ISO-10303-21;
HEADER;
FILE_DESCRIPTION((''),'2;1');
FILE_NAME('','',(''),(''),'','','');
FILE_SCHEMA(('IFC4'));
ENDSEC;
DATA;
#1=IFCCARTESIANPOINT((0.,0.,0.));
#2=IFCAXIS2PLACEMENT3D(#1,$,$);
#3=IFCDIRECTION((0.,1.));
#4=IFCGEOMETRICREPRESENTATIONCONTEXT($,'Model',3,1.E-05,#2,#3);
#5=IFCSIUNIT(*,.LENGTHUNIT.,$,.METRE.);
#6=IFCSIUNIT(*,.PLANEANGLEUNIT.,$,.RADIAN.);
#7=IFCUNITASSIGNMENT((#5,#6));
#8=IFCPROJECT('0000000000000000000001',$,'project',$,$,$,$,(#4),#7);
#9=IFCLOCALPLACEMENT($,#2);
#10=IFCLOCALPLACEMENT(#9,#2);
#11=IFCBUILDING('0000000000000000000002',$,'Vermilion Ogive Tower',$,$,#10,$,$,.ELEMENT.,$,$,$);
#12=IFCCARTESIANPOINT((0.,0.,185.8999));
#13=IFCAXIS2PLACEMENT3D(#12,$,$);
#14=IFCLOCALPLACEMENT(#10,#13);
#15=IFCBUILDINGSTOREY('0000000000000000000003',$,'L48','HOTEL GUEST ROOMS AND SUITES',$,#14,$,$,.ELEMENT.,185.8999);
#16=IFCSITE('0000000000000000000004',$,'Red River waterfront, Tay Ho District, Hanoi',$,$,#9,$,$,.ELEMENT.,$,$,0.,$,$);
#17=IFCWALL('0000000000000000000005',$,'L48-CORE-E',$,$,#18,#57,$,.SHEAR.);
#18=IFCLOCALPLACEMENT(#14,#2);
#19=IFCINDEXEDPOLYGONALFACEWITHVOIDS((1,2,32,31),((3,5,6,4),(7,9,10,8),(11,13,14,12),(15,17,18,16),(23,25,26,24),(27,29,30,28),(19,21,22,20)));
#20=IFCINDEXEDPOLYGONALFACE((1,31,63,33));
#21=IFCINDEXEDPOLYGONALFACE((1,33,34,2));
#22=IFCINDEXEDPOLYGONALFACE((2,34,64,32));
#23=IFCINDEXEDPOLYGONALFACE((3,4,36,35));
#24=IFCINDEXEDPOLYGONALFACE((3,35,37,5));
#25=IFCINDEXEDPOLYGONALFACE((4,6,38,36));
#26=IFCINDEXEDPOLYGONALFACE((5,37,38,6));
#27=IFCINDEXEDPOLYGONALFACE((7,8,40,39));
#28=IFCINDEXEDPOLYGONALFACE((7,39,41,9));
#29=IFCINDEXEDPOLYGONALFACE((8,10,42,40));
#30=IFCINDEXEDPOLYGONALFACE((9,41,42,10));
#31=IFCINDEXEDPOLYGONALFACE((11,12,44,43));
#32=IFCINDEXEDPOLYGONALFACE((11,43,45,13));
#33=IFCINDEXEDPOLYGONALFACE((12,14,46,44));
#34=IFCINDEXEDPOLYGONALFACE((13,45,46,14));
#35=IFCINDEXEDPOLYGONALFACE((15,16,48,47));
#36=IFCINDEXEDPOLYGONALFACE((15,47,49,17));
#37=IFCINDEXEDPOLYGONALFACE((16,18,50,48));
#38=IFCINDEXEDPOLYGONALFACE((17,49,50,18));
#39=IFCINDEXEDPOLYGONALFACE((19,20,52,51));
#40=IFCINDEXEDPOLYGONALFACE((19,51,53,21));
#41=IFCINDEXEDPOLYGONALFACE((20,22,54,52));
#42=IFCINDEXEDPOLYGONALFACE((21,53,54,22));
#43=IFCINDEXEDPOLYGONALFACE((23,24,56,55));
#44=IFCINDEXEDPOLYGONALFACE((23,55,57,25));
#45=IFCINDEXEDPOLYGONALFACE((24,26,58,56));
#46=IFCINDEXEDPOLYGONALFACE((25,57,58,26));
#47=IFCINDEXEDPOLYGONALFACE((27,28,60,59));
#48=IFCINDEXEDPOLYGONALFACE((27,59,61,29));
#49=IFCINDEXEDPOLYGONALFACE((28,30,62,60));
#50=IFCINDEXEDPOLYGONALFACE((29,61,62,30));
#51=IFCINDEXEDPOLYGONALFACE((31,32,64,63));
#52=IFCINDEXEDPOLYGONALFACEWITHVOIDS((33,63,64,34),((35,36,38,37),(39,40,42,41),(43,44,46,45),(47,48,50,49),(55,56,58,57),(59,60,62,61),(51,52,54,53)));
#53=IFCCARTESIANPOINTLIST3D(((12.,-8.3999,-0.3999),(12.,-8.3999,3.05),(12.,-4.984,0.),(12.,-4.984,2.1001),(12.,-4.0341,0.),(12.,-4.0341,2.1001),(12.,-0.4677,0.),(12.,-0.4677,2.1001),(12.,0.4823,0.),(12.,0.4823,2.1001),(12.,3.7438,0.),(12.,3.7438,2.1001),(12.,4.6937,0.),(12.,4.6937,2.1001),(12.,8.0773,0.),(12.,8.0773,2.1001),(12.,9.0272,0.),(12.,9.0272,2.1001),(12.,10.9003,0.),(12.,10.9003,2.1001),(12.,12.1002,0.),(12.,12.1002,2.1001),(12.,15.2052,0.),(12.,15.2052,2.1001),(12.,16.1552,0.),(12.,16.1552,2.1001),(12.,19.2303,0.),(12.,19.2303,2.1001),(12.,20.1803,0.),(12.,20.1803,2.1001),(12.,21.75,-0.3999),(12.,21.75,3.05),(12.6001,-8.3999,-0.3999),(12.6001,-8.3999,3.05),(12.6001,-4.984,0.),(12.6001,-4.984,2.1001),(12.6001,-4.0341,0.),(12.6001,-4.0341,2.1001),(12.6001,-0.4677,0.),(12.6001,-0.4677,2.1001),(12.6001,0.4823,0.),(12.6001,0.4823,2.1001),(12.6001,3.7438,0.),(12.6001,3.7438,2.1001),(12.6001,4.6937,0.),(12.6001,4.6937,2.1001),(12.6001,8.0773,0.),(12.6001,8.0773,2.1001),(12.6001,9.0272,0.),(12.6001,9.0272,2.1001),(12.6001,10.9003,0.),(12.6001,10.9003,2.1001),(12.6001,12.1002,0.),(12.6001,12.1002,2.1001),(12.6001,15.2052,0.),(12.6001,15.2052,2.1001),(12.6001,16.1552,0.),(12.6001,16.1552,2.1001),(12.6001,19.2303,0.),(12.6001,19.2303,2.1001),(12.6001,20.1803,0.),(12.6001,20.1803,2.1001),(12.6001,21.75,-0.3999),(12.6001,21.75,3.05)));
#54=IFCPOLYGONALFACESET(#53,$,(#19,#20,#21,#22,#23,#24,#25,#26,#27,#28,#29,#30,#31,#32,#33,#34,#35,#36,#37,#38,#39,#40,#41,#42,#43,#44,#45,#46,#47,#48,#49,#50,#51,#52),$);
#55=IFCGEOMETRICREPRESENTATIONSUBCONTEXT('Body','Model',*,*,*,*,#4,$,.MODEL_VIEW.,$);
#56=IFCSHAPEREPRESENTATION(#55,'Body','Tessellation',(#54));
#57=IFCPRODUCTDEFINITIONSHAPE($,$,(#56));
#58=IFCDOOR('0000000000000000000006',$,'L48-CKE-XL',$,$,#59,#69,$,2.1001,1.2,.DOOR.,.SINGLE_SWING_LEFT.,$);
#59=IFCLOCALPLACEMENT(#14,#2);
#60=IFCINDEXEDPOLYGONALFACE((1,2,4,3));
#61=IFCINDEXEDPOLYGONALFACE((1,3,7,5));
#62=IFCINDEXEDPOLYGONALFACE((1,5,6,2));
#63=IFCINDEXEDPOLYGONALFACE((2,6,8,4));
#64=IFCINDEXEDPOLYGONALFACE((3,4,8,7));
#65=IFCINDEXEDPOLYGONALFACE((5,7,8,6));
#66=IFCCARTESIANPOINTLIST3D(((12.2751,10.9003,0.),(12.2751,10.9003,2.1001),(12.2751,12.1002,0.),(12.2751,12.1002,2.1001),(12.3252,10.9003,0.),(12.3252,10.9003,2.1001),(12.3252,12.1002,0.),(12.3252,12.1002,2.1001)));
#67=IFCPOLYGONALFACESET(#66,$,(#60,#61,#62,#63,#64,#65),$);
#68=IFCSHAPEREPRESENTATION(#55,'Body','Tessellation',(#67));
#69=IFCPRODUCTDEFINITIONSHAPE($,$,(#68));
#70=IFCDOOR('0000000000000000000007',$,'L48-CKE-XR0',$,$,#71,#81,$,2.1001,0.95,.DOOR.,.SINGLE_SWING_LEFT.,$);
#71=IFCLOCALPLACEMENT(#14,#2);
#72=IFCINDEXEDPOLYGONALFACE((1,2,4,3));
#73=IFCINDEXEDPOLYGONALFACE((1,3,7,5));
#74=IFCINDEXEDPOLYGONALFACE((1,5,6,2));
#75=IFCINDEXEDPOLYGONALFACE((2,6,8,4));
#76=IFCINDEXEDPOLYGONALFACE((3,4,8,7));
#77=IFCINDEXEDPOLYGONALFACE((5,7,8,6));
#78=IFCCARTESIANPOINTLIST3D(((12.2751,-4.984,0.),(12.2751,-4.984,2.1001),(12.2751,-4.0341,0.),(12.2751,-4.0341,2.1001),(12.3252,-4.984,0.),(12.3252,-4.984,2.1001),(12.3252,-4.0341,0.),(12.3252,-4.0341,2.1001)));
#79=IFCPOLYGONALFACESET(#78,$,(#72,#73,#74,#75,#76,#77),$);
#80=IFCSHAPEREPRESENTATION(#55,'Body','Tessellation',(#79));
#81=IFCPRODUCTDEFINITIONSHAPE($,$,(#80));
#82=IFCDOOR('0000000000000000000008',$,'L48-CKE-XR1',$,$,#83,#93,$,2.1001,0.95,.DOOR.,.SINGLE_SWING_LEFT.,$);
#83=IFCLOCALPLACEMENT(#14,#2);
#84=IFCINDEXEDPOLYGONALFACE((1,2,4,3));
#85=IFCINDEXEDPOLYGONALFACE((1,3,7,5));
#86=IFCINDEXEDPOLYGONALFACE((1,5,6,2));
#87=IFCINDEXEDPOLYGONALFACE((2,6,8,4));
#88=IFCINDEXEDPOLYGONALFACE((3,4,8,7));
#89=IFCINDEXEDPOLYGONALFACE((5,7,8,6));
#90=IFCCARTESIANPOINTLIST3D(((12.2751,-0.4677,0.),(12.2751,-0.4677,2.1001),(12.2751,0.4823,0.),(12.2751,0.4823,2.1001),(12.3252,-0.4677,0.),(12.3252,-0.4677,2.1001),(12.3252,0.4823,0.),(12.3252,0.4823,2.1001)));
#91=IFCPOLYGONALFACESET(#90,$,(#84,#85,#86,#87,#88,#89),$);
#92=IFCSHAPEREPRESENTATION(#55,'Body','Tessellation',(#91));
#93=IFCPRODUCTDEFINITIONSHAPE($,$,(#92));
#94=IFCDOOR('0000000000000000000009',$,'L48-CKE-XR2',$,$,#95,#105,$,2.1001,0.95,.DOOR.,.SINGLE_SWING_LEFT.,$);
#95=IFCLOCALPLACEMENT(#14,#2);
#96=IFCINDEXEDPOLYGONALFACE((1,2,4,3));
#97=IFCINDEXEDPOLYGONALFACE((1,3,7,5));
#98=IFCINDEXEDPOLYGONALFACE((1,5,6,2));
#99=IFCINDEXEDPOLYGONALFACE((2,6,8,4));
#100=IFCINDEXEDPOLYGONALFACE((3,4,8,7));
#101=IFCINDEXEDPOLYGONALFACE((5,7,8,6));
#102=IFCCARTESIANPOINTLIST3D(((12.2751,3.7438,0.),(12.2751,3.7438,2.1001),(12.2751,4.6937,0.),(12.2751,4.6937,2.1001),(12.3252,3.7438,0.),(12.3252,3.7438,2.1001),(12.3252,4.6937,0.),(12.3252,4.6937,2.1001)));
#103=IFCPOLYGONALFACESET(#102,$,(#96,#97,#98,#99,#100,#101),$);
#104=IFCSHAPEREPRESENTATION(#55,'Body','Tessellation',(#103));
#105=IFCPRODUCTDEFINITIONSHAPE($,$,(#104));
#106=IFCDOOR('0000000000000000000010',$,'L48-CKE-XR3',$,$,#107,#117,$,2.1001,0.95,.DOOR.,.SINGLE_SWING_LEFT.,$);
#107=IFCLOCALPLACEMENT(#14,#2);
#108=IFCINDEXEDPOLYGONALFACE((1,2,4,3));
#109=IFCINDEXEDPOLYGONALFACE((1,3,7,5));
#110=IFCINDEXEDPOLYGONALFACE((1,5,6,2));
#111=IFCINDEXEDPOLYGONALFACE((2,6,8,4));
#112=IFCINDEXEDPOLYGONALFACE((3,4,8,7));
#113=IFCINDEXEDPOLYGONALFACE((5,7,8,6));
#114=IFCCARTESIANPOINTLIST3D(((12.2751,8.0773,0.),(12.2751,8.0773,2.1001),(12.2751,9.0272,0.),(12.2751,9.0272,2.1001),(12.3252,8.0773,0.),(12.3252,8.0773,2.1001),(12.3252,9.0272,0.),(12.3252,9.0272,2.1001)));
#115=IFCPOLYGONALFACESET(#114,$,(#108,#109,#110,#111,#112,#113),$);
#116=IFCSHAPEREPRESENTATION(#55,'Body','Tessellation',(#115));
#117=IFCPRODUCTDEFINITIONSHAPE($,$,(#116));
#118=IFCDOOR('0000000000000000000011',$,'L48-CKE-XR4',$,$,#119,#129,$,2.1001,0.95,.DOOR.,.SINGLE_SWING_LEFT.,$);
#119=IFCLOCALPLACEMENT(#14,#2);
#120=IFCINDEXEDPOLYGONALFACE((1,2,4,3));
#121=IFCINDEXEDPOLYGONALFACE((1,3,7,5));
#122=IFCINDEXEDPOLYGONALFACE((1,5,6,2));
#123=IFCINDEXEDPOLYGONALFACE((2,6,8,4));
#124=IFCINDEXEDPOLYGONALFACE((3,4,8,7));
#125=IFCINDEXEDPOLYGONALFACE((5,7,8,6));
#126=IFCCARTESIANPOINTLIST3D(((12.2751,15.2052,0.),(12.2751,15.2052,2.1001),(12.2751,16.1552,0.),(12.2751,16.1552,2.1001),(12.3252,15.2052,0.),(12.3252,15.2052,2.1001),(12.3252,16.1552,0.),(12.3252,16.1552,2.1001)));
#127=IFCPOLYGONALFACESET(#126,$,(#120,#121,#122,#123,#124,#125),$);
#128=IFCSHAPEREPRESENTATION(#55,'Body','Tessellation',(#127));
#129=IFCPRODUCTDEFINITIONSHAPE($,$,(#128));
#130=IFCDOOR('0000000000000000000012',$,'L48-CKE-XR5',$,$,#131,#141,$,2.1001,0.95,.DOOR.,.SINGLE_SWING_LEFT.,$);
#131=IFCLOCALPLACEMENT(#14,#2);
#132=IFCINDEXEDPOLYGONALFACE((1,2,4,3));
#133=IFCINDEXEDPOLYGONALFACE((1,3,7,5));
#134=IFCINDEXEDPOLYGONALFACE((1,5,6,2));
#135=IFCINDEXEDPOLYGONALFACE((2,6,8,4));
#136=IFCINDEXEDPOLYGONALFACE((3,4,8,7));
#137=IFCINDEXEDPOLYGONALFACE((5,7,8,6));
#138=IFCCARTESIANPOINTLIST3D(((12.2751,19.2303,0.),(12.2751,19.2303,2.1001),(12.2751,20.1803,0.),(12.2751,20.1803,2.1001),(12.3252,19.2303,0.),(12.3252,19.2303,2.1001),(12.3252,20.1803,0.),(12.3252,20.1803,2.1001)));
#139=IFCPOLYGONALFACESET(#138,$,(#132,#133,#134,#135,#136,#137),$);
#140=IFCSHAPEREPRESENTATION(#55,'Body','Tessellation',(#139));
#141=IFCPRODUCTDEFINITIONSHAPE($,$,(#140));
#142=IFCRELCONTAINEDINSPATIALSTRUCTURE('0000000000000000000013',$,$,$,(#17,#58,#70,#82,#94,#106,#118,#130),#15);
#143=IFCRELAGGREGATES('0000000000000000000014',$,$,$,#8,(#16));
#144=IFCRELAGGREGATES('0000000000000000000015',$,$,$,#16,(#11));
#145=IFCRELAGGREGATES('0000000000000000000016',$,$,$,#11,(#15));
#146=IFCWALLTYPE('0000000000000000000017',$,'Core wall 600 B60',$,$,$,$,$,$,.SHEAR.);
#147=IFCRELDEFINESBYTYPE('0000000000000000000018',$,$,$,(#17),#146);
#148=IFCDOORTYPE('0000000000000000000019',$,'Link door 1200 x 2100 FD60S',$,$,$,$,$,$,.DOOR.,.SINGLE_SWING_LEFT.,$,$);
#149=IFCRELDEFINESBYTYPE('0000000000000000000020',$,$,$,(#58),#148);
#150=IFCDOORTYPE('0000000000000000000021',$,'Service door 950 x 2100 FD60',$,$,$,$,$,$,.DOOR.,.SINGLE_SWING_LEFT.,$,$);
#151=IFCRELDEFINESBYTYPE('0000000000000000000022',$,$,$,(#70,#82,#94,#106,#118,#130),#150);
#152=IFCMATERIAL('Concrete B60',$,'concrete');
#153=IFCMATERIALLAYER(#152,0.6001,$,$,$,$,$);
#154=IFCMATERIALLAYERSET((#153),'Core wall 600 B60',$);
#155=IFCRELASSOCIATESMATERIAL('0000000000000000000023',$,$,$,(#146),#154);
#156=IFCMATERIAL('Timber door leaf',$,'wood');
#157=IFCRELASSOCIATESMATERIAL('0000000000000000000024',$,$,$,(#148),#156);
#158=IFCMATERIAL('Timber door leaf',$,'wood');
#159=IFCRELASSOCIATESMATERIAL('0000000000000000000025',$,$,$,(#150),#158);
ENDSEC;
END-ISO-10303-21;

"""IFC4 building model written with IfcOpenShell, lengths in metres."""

from ifc_helpers import new_model, si_unit, direction, frame, frame_2d, origin, place, context, subcontext, project, spatial, rectangle, extrude, material, layer, layer_set, type_object, element, fill, save


model = new_model("IFC4")

# Units and contexts
model_context = context("Model", 3, precision=1e-05, world=origin(), true_north=direction((0.0, 1.0)))
body_context = subcontext(model_context, "Body", "Model", "MODEL_VIEW")
ifc_project = project(units=[si_unit("LENGTHUNIT", "METRE"), si_unit("PLANEANGLEUNIT", "RADIAN")], contexts=[model_context])

# Site, building, storey
site_placement = place(None, origin())
site = spatial("IfcSite", under=ifc_project, at=site_placement, Name="Red River waterfront, Tay Ho District, Hanoi", CompositionType="ELEMENT", RefElevation=0.0)
building_placement = place(site_placement, origin())
building = spatial("IfcBuilding", under=site, at=building_placement, Name="Vermilion Ogive Tower", CompositionType="ELEMENT")
storey_placement = place(building_placement, frame((0.0, 0.0, 185.8999)))
storey = spatial("IfcBuildingStorey", under=building, at=storey_placement, Name="L48", Description="HOTEL GUEST ROOMS AND SUITES", CompositionType="ELEMENT", Elevation=185.8999)

# Wall, openings, doors
ifc_material_1 = material(Name="Concrete B60", Category="concrete")
ifc_layer_1 = layer(ifc_material_1, 0.6001)
ifc_layer_set_1 = layer_set([ifc_layer_1], Name="Core wall 600 B60")
wall_type_1 = type_object("IfcWallType", Name="Core wall 600 B60", PredefinedType="SHEAR", material=ifc_layer_set_1)
wall_1_placement = place(storey_placement, frame((12.3, -8.3999, -0.3999), z_axis=(0.0, 0.0, 1.0), x_axis=(0.0, 1.0, 0.0)))
wall_1 = element("IfcWall", 1, at=wall_1_placement, inside=storey, type_object=wall_type_1, Name="L48-CORE-E", PredefinedType="SHEAR", context=body_context, shape_type="SweptSolid", body=[
    extrude(rectangle(XDim=30.1499, YDim=0.6001, at=frame_2d((15.075, 0.0))), origin(), (0.0, 0.0, 1.0), 3.45),
])
opening_1_placement = place(wall_1_placement, frame((3.4158, 0.0, 0.3999)))
opening_1 = element("IfcOpeningElement", 2, at=opening_1_placement, cuts=wall_1, PredefinedType="OPENING", context=body_context, shape_type="SweptSolid", body=[
    extrude(rectangle(XDim=0.95, YDim=2.1001, at=frame_2d((0.4751, 1.05))), frame((0.0, 0.3101, 0.0), z_axis=(0.0, -1.0, 0.0), x_axis=(1.0, 0.0, 0.0)), (0.0, 0.0, 1.0), 0.6201),
])
opening_2_placement = place(wall_1_placement, frame((7.9321, 0.0, 0.3999)))
opening_2 = element("IfcOpeningElement", 3, at=opening_2_placement, cuts=wall_1, PredefinedType="OPENING", context=body_context, shape_type="SweptSolid", body=[
    extrude(rectangle(XDim=0.95, YDim=2.1001, at=frame_2d((0.4751, 1.05))), frame((0.0, 0.3101, 0.0), z_axis=(0.0, -1.0, 0.0), x_axis=(1.0, 0.0, 0.0)), (0.0, 0.0, 1.0), 0.6201),
])
opening_3_placement = place(wall_1_placement, frame((12.1436, 0.0, 0.3999)))
opening_3 = element("IfcOpeningElement", 4, at=opening_3_placement, cuts=wall_1, PredefinedType="OPENING", context=body_context, shape_type="SweptSolid", body=[
    extrude(rectangle(XDim=0.95, YDim=2.1001, at=frame_2d((0.4751, 1.05))), frame((0.0, 0.3101, 0.0), z_axis=(0.0, -1.0, 0.0), x_axis=(1.0, 0.0, 0.0)), (0.0, 0.0, 1.0), 0.6201),
])
opening_4_placement = place(wall_1_placement, frame((16.4771, 0.0, 0.3999)))
opening_4 = element("IfcOpeningElement", 5, at=opening_4_placement, cuts=wall_1, PredefinedType="OPENING", context=body_context, shape_type="SweptSolid", body=[
    extrude(rectangle(XDim=0.95, YDim=2.1001, at=frame_2d((0.4751, 1.05))), frame((0.0, 0.3101, 0.0), z_axis=(0.0, -1.0, 0.0), x_axis=(1.0, 0.0, 0.0)), (0.0, 0.0, 1.0), 0.6201),
])
opening_5_placement = place(wall_1_placement, frame((23.605, 0.0, 0.3999)))
opening_5 = element("IfcOpeningElement", 6, at=opening_5_placement, cuts=wall_1, PredefinedType="OPENING", context=body_context, shape_type="SweptSolid", body=[
    extrude(rectangle(XDim=0.95, YDim=2.1001, at=frame_2d((0.4751, 1.05))), frame((0.0, 0.3101, 0.0), z_axis=(0.0, -1.0, 0.0), x_axis=(1.0, 0.0, 0.0)), (0.0, 0.0, 1.0), 0.6201),
])
opening_6_placement = place(wall_1_placement, frame((27.6301, 0.0, 0.3999)))
opening_6 = element("IfcOpeningElement", 7, at=opening_6_placement, cuts=wall_1, PredefinedType="OPENING", context=body_context, shape_type="SweptSolid", body=[
    extrude(rectangle(XDim=0.95, YDim=2.1001, at=frame_2d((0.4751, 1.05))), frame((0.0, 0.3101, 0.0), z_axis=(0.0, -1.0, 0.0), x_axis=(1.0, 0.0, 0.0)), (0.0, 0.0, 1.0), 0.6201),
])
opening_7_placement = place(wall_1_placement, frame((19.3, 0.0, 0.3999)))
opening_7 = element("IfcOpeningElement", 8, at=opening_7_placement, cuts=wall_1, PredefinedType="OPENING", context=body_context, shape_type="SweptSolid", body=[
    extrude(rectangle(XDim=1.2, YDim=2.1001, at=frame_2d((0.6001, 1.05))), frame((0.0, 0.3101, 0.0), z_axis=(0.0, -1.0, 0.0), x_axis=(1.0, 0.0, 0.0)), (0.0, 0.0, 1.0), 0.6201),
])
ifc_material_2 = material(Name="Timber door leaf", Category="wood")
door_type_1 = type_object("IfcDoorType", Name="Link door 1200 x 2100 FD60S", OperationType="SINGLE_SWING_LEFT", PredefinedType="DOOR", material=ifc_material_2)
door_1_placement = place(opening_7_placement, origin())
door_1 = element("IfcDoor", 9, at=door_1_placement, inside=storey, type_object=door_type_1, Name="L48-CKE-XL", OperationType="SINGLE_SWING_LEFT", OverallHeight=2.1001, OverallWidth=1.2, PredefinedType="DOOR", context=body_context, shape_type="SweptSolid", body=[
    extrude(rectangle(XDim=1.2, YDim=2.1001, at=frame_2d((0.6001, 1.05))), frame((0.0, 0.0249, 0.0), z_axis=(0.0, -1.0, 0.0), x_axis=(1.0, 0.0, 0.0)), (0.0, 0.0, 1.0), 0.05),
])
fill(opening_7, door_1)
ifc_material_3 = material(Name="Timber door leaf", Category="wood")
door_type_2 = type_object("IfcDoorType", Name="Service door 950 x 2100 FD60", OperationType="SINGLE_SWING_LEFT", PredefinedType="DOOR", material=ifc_material_3)
door_2_placement = place(opening_1_placement, origin())
door_2 = element("IfcDoor", 10, at=door_2_placement, inside=storey, type_object=door_type_2, Name="L48-CKE-XR0", OperationType="SINGLE_SWING_LEFT", OverallHeight=2.1001, OverallWidth=0.95, PredefinedType="DOOR", context=body_context, shape_type="SweptSolid", body=[
    extrude(rectangle(XDim=0.95, YDim=2.1001, at=frame_2d((0.4751, 1.05))), frame((0.0, 0.0249, 0.0), z_axis=(0.0, -1.0, 0.0), x_axis=(1.0, 0.0, 0.0)), (0.0, 0.0, 1.0), 0.05),
])
fill(opening_1, door_2)
door_3_placement = place(opening_2_placement, origin())
door_3 = element("IfcDoor", 11, at=door_3_placement, inside=storey, type_object=door_type_2, Name="L48-CKE-XR1", OperationType="SINGLE_SWING_LEFT", OverallHeight=2.1001, OverallWidth=0.95, PredefinedType="DOOR", context=body_context, shape_type="SweptSolid", body=[
    extrude(rectangle(XDim=0.95, YDim=2.1001, at=frame_2d((0.4751, 1.05))), frame((0.0, 0.0249, 0.0), z_axis=(0.0, -1.0, 0.0), x_axis=(1.0, 0.0, 0.0)), (0.0, 0.0, 1.0), 0.05),
])
fill(opening_2, door_3)
door_4_placement = place(opening_3_placement, origin())
door_4 = element("IfcDoor", 12, at=door_4_placement, inside=storey, type_object=door_type_2, Name="L48-CKE-XR2", OperationType="SINGLE_SWING_LEFT", OverallHeight=2.1001, OverallWidth=0.95, PredefinedType="DOOR", context=body_context, shape_type="SweptSolid", body=[
    extrude(rectangle(XDim=0.95, YDim=2.1001, at=frame_2d((0.4751, 1.05))), frame((0.0, 0.0249, 0.0), z_axis=(0.0, -1.0, 0.0), x_axis=(1.0, 0.0, 0.0)), (0.0, 0.0, 1.0), 0.05),
])
fill(opening_3, door_4)
door_5_placement = place(opening_4_placement, origin())
door_5 = element("IfcDoor", 13, at=door_5_placement, inside=storey, type_object=door_type_2, Name="L48-CKE-XR3", OperationType="SINGLE_SWING_LEFT", OverallHeight=2.1001, OverallWidth=0.95, PredefinedType="DOOR", context=body_context, shape_type="SweptSolid", body=[
    extrude(rectangle(XDim=0.95, YDim=2.1001, at=frame_2d((0.4751, 1.05))), frame((0.0, 0.0249, 0.0), z_axis=(0.0, -1.0, 0.0), x_axis=(1.0, 0.0, 0.0)), (0.0, 0.0, 1.0), 0.05),
])
fill(opening_4, door_5)
door_6_placement = place(opening_5_placement, origin())
door_6 = element("IfcDoor", 14, at=door_6_placement, inside=storey, type_object=door_type_2, Name="L48-CKE-XR4", OperationType="SINGLE_SWING_LEFT", OverallHeight=2.1001, OverallWidth=0.95, PredefinedType="DOOR", context=body_context, shape_type="SweptSolid", body=[
    extrude(rectangle(XDim=0.95, YDim=2.1001, at=frame_2d((0.4751, 1.05))), frame((0.0, 0.0249, 0.0), z_axis=(0.0, -1.0, 0.0), x_axis=(1.0, 0.0, 0.0)), (0.0, 0.0, 1.0), 0.05),
])
fill(opening_5, door_6)
door_7_placement = place(opening_6_placement, origin())
door_7 = element("IfcDoor", 15, at=door_7_placement, inside=storey, type_object=door_type_2, Name="L48-CKE-XR5", OperationType="SINGLE_SWING_LEFT", OverallHeight=2.1001, OverallWidth=0.95, PredefinedType="DOOR", context=body_context, shape_type="SweptSolid", body=[
    extrude(rectangle(XDim=0.95, YDim=2.1001, at=frame_2d((0.4751, 1.05))), frame((0.0, 0.0249, 0.0), z_axis=(0.0, -1.0, 0.0), x_axis=(1.0, 0.0, 0.0)), (0.0, 0.0, 1.0), 0.05),
])
fill(opening_6, door_7)

save(model, "model.ifc")
